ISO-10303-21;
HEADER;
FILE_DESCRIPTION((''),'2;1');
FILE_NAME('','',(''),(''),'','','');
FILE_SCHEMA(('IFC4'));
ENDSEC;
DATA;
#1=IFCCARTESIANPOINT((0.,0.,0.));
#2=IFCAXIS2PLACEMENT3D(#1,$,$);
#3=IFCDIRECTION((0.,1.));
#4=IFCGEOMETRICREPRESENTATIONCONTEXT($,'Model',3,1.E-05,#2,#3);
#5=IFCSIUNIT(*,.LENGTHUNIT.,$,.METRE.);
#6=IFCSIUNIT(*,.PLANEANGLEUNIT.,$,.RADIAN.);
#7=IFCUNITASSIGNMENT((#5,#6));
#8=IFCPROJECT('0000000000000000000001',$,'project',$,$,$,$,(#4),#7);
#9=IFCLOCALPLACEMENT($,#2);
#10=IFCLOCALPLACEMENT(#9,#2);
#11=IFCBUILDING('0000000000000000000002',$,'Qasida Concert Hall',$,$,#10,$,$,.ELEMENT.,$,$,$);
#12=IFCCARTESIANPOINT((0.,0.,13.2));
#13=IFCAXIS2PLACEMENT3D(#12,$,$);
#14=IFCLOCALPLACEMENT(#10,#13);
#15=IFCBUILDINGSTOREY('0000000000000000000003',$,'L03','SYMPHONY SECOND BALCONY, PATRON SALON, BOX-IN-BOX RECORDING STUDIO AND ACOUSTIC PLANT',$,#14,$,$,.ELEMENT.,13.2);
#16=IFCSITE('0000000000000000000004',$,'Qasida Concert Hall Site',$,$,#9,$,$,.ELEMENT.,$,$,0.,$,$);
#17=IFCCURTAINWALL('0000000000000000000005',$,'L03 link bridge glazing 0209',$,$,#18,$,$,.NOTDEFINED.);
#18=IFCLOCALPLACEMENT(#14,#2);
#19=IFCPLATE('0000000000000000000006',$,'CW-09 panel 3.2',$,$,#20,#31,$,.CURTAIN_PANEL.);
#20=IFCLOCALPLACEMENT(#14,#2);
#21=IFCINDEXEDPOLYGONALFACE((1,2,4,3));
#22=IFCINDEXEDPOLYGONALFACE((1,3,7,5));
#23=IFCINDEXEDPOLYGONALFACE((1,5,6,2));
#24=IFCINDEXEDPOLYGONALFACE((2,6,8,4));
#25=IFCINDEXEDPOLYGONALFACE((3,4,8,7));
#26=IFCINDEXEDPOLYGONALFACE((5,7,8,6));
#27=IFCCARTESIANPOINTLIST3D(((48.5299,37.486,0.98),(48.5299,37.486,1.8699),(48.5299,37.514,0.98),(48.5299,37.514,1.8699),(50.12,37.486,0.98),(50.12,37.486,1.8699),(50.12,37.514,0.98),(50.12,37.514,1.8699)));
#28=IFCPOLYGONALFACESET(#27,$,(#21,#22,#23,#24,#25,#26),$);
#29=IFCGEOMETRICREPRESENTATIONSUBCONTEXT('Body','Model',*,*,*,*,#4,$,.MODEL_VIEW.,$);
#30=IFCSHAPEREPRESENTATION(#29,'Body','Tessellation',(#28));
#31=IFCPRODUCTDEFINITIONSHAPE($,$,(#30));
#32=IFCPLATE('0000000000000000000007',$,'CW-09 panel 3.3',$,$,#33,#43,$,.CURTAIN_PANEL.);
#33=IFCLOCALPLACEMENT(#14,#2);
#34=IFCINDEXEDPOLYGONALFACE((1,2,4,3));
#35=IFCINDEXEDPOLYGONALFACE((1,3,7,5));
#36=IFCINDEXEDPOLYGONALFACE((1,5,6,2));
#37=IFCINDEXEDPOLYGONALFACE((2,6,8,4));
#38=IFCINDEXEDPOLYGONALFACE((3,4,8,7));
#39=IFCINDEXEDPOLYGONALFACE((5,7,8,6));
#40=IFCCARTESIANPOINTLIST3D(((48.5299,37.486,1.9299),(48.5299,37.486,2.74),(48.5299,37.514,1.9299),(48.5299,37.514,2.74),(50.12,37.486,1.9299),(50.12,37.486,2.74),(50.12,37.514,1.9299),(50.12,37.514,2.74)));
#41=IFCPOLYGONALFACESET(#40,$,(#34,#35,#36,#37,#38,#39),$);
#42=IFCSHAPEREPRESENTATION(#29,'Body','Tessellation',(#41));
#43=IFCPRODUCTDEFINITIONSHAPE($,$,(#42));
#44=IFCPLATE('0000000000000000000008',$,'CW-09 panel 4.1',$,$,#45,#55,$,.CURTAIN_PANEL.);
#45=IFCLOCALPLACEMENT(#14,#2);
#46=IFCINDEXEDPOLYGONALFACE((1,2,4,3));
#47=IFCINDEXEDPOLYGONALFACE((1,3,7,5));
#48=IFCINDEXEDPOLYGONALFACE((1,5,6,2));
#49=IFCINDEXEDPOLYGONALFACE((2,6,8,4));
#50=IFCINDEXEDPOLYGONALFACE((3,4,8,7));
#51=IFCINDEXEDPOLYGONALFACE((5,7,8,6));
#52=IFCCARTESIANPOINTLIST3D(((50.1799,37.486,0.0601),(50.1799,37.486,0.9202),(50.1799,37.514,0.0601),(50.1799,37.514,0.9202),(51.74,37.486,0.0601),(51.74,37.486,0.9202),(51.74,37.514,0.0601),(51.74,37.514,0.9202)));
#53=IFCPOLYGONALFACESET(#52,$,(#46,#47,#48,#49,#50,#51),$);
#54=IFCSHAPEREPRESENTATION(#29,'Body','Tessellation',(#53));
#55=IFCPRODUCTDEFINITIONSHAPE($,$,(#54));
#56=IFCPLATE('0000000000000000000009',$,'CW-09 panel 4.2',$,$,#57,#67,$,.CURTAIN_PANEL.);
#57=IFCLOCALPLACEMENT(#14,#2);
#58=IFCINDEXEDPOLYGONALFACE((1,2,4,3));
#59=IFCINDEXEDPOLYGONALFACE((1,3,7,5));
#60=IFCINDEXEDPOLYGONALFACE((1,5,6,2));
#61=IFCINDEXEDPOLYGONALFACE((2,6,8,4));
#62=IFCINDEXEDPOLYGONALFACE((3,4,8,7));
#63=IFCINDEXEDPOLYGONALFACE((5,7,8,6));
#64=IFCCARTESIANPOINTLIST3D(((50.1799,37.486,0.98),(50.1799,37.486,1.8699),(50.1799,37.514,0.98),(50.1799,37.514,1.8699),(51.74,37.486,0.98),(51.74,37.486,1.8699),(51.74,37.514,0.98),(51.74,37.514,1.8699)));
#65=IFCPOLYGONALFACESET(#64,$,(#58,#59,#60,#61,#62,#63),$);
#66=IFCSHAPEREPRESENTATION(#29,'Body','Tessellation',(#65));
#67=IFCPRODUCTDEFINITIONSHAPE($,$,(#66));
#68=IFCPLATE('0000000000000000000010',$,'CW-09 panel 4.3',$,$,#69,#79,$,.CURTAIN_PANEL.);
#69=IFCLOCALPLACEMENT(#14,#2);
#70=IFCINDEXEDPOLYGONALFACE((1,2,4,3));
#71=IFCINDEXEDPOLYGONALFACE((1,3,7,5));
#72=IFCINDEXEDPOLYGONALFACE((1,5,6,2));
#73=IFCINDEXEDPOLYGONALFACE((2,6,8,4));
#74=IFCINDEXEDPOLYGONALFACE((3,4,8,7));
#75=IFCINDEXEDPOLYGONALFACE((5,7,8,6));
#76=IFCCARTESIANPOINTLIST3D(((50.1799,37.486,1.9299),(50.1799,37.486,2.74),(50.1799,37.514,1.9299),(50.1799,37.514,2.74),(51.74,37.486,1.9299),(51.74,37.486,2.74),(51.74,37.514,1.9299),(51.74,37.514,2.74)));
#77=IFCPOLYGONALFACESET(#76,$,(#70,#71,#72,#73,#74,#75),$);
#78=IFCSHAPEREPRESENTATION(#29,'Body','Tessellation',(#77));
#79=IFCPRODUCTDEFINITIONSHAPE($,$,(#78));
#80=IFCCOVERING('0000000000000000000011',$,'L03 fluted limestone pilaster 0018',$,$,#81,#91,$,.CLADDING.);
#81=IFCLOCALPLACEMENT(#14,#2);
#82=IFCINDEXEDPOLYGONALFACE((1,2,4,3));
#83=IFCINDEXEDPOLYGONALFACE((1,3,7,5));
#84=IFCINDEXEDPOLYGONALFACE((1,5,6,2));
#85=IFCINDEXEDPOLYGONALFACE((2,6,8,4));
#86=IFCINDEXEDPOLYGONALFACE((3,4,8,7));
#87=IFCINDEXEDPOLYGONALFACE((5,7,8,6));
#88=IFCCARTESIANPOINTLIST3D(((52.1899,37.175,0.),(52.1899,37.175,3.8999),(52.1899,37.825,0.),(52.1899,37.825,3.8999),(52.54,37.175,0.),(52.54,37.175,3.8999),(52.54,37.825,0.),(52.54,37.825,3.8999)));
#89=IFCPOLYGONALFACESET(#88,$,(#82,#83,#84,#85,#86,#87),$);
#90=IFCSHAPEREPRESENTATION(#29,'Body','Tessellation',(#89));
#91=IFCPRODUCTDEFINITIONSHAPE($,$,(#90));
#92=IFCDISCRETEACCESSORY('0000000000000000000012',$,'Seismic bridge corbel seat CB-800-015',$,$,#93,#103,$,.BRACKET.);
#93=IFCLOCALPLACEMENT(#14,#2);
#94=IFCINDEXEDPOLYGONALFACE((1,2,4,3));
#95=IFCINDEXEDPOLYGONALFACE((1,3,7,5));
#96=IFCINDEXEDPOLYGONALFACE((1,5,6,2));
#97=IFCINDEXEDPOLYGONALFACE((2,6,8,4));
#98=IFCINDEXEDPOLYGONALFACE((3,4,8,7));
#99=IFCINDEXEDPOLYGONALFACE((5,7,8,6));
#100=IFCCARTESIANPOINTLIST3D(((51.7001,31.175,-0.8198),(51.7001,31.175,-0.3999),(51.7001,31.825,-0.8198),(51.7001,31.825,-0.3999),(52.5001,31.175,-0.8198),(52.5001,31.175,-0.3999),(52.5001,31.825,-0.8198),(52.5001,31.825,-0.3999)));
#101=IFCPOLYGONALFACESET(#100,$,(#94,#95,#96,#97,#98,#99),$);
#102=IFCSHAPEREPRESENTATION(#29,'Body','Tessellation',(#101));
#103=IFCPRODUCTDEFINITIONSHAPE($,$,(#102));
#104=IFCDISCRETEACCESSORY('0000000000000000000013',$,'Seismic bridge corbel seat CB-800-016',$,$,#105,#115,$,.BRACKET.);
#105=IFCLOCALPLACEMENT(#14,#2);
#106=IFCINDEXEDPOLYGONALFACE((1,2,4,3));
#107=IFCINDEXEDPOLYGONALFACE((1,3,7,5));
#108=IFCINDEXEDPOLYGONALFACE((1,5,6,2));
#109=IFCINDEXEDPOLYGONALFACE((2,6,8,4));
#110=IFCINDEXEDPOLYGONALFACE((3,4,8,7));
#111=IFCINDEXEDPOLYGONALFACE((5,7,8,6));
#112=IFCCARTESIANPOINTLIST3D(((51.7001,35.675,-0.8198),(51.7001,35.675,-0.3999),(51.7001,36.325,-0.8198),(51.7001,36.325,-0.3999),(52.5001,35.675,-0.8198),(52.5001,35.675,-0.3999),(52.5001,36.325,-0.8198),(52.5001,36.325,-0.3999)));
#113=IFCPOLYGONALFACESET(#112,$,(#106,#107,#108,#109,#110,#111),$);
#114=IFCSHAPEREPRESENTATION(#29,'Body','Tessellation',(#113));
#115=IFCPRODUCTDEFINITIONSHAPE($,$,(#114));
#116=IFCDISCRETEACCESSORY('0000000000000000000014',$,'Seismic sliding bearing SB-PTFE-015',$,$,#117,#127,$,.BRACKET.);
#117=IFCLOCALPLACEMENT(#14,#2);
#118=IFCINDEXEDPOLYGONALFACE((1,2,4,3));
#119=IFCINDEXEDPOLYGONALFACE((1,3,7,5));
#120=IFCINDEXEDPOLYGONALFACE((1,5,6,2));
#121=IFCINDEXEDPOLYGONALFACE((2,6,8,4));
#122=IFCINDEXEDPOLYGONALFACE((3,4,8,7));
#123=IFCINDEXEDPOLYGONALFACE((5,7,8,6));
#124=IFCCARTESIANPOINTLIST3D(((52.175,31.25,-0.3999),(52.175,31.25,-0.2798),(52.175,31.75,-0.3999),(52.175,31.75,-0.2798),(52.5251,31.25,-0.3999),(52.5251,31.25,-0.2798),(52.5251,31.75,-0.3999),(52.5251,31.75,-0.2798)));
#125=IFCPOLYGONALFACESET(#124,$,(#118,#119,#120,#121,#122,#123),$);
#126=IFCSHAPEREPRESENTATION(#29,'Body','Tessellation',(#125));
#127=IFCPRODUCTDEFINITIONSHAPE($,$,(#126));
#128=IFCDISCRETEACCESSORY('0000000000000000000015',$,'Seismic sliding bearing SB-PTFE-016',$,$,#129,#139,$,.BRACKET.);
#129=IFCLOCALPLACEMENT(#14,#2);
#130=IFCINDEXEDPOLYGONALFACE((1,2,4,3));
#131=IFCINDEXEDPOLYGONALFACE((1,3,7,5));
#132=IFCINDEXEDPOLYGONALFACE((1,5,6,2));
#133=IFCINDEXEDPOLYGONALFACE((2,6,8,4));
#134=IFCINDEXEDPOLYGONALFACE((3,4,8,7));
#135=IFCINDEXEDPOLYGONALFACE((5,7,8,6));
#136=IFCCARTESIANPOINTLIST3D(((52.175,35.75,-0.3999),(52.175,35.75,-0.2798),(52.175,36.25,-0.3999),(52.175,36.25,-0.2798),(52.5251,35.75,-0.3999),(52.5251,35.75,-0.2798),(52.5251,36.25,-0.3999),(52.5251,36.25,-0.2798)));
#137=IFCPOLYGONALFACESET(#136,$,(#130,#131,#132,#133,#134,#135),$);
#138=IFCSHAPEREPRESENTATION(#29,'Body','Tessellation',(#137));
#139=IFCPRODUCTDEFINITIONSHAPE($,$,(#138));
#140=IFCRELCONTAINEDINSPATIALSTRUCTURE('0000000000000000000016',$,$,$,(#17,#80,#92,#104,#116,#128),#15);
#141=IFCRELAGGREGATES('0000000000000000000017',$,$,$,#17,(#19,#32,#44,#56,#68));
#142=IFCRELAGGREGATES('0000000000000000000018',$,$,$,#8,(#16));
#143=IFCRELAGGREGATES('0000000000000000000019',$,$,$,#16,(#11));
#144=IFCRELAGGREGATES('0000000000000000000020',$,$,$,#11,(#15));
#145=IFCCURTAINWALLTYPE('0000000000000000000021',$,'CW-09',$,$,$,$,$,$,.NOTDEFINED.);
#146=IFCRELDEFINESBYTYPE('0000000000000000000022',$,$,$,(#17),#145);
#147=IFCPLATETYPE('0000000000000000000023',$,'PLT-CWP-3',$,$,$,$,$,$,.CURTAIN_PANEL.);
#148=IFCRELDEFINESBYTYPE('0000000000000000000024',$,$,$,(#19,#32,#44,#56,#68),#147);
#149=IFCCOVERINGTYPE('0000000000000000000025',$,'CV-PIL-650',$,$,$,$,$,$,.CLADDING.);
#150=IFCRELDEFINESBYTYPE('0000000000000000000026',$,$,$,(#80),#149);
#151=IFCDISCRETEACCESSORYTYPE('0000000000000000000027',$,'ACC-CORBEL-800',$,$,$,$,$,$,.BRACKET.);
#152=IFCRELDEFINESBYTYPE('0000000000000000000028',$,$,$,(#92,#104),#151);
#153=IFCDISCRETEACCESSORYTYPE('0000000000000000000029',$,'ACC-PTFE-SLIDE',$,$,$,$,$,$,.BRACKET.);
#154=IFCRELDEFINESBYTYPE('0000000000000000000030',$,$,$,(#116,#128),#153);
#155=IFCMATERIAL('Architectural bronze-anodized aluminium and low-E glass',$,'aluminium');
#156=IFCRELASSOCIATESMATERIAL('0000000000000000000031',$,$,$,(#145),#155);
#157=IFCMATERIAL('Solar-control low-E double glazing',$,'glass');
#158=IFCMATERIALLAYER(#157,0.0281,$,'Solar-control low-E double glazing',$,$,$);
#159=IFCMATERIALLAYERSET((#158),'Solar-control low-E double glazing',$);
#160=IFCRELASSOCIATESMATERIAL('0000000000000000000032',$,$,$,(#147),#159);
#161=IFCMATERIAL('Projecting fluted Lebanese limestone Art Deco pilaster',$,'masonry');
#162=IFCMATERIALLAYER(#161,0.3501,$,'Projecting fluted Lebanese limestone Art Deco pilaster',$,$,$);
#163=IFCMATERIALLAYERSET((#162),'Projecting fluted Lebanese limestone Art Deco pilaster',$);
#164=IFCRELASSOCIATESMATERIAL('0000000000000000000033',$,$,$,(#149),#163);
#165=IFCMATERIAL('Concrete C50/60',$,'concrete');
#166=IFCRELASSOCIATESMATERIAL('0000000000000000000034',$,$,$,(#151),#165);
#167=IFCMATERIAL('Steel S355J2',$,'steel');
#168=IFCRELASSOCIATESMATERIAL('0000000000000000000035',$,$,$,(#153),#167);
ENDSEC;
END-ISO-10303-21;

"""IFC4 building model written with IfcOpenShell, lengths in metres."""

from ifc_helpers import new_model, si_unit, direction, frame, origin, origin_2d, place, context, subcontext, project, spatial, rectangle, extrude, material, layer, layer_set, type_object, element, aggregate, save


model = new_model("IFC4")

# Units and contexts
model_context = context("Model", 3, precision=1e-05, world=origin(), true_north=direction((0.0, 1.0)))
body_context = subcontext(model_context, "Body", "Model", "MODEL_VIEW")
ifc_project = project(units=[si_unit("LENGTHUNIT", "METRE"), si_unit("PLANEANGLEUNIT", "RADIAN")], contexts=[model_context])

# Site, building, storey
site_placement = place(None, origin())
site = spatial("IfcSite", under=ifc_project, at=site_placement, Name="Qasida Concert Hall Site", CompositionType="ELEMENT", RefElevation=0.0)
building_placement = place(site_placement, origin())
building = spatial("IfcBuilding", under=site, at=building_placement, Name="Qasida Concert Hall", CompositionType="ELEMENT")
storey_placement = place(building_placement, frame((0.0, 0.0, 13.2)))
storey = spatial("IfcBuildingStorey", under=building, at=storey_placement, Name="L03", Description="SYMPHONY SECOND BALCONY, PATRON SALON, BOX-IN-BOX RECORDING STUDIO AND ACOUSTIC PLANT", CompositionType="ELEMENT", Elevation=13.2)

# Shared definitions
ifc_material_1 = material(Name="Concrete C50/60", Category="concrete")

# Curtain wall, plates
ifc_material_2 = material(Name="Architectural bronze-anodized aluminium and low-E glass", Category="aluminium")
curtain_wall_type = type_object("IfcCurtainWallType", Name="CW-09", PredefinedType="NOTDEFINED", material=ifc_material_2)
curtain_wall_placement = place(storey_placement, origin())
curtain_wall = element("IfcCurtainWall", 1, at=curtain_wall_placement, inside=storey, type_object=curtain_wall_type, Name="L03 link bridge glazing 0209", PredefinedType="NOTDEFINED")
ifc_material_3 = material(Name="Solar-control low-E double glazing", Category="glass")
ifc_layer_1 = layer(ifc_material_3, 0.0281, Name="Solar-control low-E double glazing")
ifc_layer_set_1 = layer_set([ifc_layer_1], Name="Solar-control low-E double glazing")
plate_type = type_object("IfcPlateType", Name="PLT-CWP-3", PredefinedType="CURTAIN_PANEL", material=ifc_layer_set_1)
plate_1_placement = place(storey_placement, frame((49.325, 37.5, 0.98), z_axis=(0.0, 0.0, 1.0), x_axis=(1.0, 0.0, 0.0)))
plate_1 = element("IfcPlate", 2, at=plate_1_placement, type_object=plate_type, Name="CW-09 panel 3.2", PredefinedType="CURTAIN_PANEL", context=body_context, shape_type="SweptSolid", body=[
    extrude(rectangle(XDim=1.5901, YDim=0.0281, at=origin_2d()), origin(), (0.0, 0.0, 1.0), 0.8899),
])
plate_2_placement = place(storey_placement, frame((49.325, 37.5, 1.9299), z_axis=(0.0, 0.0, 1.0), x_axis=(1.0, 0.0, 0.0)))
plate_2 = element("IfcPlate", 3, at=plate_2_placement, type_object=plate_type, Name="CW-09 panel 3.3", PredefinedType="CURTAIN_PANEL", context=body_context, shape_type="SweptSolid", body=[
    extrude(rectangle(XDim=1.5901, YDim=0.0281, at=origin_2d()), origin(), (0.0, 0.0, 1.0), 0.8101),
])
plate_3_placement = place(storey_placement, frame((50.96, 37.5, 0.0601), z_axis=(0.0, 0.0, 1.0), x_axis=(1.0, 0.0, 0.0)))
plate_3 = element("IfcPlate", 4, at=plate_3_placement, type_object=plate_type, Name="CW-09 panel 4.1", PredefinedType="CURTAIN_PANEL", context=body_context, shape_type="SweptSolid", body=[
    extrude(rectangle(XDim=1.5601, YDim=0.0281, at=origin_2d()), origin(), (0.0, 0.0, 1.0), 0.8601),
])
plate_4_placement = place(storey_placement, frame((50.96, 37.5, 0.98), z_axis=(0.0, 0.0, 1.0), x_axis=(1.0, 0.0, 0.0)))
plate_4 = element("IfcPlate", 5, at=plate_4_placement, type_object=plate_type, Name="CW-09 panel 4.2", PredefinedType="CURTAIN_PANEL", context=body_context, shape_type="SweptSolid", body=[
    extrude(rectangle(XDim=1.5601, YDim=0.0281, at=origin_2d()), origin(), (0.0, 0.0, 1.0), 0.8899),
])
plate_5_placement = place(storey_placement, frame((50.96, 37.5, 1.9299), z_axis=(0.0, 0.0, 1.0), x_axis=(1.0, 0.0, 0.0)))
plate_5 = element("IfcPlate", 6, at=plate_5_placement, type_object=plate_type, Name="CW-09 panel 4.3", PredefinedType="CURTAIN_PANEL", context=body_context, shape_type="SweptSolid", body=[
    extrude(rectangle(XDim=1.5601, YDim=0.0281, at=origin_2d()), origin(), (0.0, 0.0, 1.0), 0.8101),
])
aggregate(curtain_wall, [plate_1, plate_2, plate_3, plate_4, plate_5])

# Covering
ifc_material_4 = material(Name="Projecting fluted Lebanese limestone Art Deco pilaster", Category="masonry")
ifc_layer_2 = layer(ifc_material_4, 0.3501, Name="Projecting fluted Lebanese limestone Art Deco pilaster")
ifc_layer_set_2 = layer_set([ifc_layer_2], Name="Projecting fluted Lebanese limestone Art Deco pilaster")
covering_type = type_object("IfcCoveringType", Name="CV-PIL-650", PredefinedType="CLADDING", material=ifc_layer_set_2)
covering_placement = place(storey_placement, frame((52.365, 37.5, 0.0), z_axis=(0.0, 0.0, 1.0), x_axis=(1.0, 0.0, 0.0)))
element("IfcCovering", 7, at=covering_placement, inside=storey, type_object=covering_type, Name="L03 fluted limestone pilaster 0018", PredefinedType="CLADDING", context=body_context, shape_type="SweptSolid", body=[
    extrude(rectangle(XDim=0.3501, YDim=0.6499, at=origin_2d()), origin(), (0.0, 0.0, 1.0), 3.8999),
])

# Discrete accessories
discrete_accessory_type_1 = type_object("IfcDiscreteAccessoryType", Name="ACC-CORBEL-800", PredefinedType="BRACKET", material=ifc_material_1)
for number, where, z_axis, x_axis, name in (
    (8, (52.1001, 31.5, -0.8198), (0.0, 0.0, 1.0), (1.0, 0.0, 0.0), "Seismic bridge corbel seat CB-800-015"),
    (9, (52.1001, 36.0, -0.8198), (0.0, 0.0, 1.0), (1.0, 0.0, 0.0), "Seismic bridge corbel seat CB-800-016"),
):
    element("IfcDiscreteAccessory", number, at=place(storey_placement, frame(where, z_axis=z_axis, x_axis=x_axis)), inside=storey, type_object=discrete_accessory_type_1, Name=name, PredefinedType="BRACKET", context=body_context, shape_type="SweptSolid", body=[
        extrude(rectangle(XDim=0.8, YDim=0.6499, at=origin_2d()), origin(), (0.0, 0.0, 1.0), 0.4199),
    ])
ifc_material_5 = material(Name="Steel S355J2", Category="steel")
discrete_accessory_type_2 = type_object("IfcDiscreteAccessoryType", Name="ACC-PTFE-SLIDE", PredefinedType="BRACKET", material=ifc_material_5)
for number, where, z_axis, x_axis, name in (
    (10, (52.3501, 31.5, -0.3999), (0.0, 0.0, 1.0), (1.0, 0.0, 0.0), "Seismic sliding bearing SB-PTFE-015"),
    (11, (52.3501, 36.0, -0.3999), (0.0, 0.0, 1.0), (1.0, 0.0, 0.0), "Seismic sliding bearing SB-PTFE-016"),
):
    element("IfcDiscreteAccessory", number, at=place(storey_placement, frame(where, z_axis=z_axis, x_axis=x_axis)), inside=storey, type_object=discrete_accessory_type_2, Name=name, PredefinedType="BRACKET", context=body_context, shape_type="SweptSolid", body=[
        extrude(rectangle(XDim=0.3501, YDim=0.5, at=origin_2d()), origin(), (0.0, 0.0, 1.0), 0.1201),
    ])

save(model, "model.ifc")
